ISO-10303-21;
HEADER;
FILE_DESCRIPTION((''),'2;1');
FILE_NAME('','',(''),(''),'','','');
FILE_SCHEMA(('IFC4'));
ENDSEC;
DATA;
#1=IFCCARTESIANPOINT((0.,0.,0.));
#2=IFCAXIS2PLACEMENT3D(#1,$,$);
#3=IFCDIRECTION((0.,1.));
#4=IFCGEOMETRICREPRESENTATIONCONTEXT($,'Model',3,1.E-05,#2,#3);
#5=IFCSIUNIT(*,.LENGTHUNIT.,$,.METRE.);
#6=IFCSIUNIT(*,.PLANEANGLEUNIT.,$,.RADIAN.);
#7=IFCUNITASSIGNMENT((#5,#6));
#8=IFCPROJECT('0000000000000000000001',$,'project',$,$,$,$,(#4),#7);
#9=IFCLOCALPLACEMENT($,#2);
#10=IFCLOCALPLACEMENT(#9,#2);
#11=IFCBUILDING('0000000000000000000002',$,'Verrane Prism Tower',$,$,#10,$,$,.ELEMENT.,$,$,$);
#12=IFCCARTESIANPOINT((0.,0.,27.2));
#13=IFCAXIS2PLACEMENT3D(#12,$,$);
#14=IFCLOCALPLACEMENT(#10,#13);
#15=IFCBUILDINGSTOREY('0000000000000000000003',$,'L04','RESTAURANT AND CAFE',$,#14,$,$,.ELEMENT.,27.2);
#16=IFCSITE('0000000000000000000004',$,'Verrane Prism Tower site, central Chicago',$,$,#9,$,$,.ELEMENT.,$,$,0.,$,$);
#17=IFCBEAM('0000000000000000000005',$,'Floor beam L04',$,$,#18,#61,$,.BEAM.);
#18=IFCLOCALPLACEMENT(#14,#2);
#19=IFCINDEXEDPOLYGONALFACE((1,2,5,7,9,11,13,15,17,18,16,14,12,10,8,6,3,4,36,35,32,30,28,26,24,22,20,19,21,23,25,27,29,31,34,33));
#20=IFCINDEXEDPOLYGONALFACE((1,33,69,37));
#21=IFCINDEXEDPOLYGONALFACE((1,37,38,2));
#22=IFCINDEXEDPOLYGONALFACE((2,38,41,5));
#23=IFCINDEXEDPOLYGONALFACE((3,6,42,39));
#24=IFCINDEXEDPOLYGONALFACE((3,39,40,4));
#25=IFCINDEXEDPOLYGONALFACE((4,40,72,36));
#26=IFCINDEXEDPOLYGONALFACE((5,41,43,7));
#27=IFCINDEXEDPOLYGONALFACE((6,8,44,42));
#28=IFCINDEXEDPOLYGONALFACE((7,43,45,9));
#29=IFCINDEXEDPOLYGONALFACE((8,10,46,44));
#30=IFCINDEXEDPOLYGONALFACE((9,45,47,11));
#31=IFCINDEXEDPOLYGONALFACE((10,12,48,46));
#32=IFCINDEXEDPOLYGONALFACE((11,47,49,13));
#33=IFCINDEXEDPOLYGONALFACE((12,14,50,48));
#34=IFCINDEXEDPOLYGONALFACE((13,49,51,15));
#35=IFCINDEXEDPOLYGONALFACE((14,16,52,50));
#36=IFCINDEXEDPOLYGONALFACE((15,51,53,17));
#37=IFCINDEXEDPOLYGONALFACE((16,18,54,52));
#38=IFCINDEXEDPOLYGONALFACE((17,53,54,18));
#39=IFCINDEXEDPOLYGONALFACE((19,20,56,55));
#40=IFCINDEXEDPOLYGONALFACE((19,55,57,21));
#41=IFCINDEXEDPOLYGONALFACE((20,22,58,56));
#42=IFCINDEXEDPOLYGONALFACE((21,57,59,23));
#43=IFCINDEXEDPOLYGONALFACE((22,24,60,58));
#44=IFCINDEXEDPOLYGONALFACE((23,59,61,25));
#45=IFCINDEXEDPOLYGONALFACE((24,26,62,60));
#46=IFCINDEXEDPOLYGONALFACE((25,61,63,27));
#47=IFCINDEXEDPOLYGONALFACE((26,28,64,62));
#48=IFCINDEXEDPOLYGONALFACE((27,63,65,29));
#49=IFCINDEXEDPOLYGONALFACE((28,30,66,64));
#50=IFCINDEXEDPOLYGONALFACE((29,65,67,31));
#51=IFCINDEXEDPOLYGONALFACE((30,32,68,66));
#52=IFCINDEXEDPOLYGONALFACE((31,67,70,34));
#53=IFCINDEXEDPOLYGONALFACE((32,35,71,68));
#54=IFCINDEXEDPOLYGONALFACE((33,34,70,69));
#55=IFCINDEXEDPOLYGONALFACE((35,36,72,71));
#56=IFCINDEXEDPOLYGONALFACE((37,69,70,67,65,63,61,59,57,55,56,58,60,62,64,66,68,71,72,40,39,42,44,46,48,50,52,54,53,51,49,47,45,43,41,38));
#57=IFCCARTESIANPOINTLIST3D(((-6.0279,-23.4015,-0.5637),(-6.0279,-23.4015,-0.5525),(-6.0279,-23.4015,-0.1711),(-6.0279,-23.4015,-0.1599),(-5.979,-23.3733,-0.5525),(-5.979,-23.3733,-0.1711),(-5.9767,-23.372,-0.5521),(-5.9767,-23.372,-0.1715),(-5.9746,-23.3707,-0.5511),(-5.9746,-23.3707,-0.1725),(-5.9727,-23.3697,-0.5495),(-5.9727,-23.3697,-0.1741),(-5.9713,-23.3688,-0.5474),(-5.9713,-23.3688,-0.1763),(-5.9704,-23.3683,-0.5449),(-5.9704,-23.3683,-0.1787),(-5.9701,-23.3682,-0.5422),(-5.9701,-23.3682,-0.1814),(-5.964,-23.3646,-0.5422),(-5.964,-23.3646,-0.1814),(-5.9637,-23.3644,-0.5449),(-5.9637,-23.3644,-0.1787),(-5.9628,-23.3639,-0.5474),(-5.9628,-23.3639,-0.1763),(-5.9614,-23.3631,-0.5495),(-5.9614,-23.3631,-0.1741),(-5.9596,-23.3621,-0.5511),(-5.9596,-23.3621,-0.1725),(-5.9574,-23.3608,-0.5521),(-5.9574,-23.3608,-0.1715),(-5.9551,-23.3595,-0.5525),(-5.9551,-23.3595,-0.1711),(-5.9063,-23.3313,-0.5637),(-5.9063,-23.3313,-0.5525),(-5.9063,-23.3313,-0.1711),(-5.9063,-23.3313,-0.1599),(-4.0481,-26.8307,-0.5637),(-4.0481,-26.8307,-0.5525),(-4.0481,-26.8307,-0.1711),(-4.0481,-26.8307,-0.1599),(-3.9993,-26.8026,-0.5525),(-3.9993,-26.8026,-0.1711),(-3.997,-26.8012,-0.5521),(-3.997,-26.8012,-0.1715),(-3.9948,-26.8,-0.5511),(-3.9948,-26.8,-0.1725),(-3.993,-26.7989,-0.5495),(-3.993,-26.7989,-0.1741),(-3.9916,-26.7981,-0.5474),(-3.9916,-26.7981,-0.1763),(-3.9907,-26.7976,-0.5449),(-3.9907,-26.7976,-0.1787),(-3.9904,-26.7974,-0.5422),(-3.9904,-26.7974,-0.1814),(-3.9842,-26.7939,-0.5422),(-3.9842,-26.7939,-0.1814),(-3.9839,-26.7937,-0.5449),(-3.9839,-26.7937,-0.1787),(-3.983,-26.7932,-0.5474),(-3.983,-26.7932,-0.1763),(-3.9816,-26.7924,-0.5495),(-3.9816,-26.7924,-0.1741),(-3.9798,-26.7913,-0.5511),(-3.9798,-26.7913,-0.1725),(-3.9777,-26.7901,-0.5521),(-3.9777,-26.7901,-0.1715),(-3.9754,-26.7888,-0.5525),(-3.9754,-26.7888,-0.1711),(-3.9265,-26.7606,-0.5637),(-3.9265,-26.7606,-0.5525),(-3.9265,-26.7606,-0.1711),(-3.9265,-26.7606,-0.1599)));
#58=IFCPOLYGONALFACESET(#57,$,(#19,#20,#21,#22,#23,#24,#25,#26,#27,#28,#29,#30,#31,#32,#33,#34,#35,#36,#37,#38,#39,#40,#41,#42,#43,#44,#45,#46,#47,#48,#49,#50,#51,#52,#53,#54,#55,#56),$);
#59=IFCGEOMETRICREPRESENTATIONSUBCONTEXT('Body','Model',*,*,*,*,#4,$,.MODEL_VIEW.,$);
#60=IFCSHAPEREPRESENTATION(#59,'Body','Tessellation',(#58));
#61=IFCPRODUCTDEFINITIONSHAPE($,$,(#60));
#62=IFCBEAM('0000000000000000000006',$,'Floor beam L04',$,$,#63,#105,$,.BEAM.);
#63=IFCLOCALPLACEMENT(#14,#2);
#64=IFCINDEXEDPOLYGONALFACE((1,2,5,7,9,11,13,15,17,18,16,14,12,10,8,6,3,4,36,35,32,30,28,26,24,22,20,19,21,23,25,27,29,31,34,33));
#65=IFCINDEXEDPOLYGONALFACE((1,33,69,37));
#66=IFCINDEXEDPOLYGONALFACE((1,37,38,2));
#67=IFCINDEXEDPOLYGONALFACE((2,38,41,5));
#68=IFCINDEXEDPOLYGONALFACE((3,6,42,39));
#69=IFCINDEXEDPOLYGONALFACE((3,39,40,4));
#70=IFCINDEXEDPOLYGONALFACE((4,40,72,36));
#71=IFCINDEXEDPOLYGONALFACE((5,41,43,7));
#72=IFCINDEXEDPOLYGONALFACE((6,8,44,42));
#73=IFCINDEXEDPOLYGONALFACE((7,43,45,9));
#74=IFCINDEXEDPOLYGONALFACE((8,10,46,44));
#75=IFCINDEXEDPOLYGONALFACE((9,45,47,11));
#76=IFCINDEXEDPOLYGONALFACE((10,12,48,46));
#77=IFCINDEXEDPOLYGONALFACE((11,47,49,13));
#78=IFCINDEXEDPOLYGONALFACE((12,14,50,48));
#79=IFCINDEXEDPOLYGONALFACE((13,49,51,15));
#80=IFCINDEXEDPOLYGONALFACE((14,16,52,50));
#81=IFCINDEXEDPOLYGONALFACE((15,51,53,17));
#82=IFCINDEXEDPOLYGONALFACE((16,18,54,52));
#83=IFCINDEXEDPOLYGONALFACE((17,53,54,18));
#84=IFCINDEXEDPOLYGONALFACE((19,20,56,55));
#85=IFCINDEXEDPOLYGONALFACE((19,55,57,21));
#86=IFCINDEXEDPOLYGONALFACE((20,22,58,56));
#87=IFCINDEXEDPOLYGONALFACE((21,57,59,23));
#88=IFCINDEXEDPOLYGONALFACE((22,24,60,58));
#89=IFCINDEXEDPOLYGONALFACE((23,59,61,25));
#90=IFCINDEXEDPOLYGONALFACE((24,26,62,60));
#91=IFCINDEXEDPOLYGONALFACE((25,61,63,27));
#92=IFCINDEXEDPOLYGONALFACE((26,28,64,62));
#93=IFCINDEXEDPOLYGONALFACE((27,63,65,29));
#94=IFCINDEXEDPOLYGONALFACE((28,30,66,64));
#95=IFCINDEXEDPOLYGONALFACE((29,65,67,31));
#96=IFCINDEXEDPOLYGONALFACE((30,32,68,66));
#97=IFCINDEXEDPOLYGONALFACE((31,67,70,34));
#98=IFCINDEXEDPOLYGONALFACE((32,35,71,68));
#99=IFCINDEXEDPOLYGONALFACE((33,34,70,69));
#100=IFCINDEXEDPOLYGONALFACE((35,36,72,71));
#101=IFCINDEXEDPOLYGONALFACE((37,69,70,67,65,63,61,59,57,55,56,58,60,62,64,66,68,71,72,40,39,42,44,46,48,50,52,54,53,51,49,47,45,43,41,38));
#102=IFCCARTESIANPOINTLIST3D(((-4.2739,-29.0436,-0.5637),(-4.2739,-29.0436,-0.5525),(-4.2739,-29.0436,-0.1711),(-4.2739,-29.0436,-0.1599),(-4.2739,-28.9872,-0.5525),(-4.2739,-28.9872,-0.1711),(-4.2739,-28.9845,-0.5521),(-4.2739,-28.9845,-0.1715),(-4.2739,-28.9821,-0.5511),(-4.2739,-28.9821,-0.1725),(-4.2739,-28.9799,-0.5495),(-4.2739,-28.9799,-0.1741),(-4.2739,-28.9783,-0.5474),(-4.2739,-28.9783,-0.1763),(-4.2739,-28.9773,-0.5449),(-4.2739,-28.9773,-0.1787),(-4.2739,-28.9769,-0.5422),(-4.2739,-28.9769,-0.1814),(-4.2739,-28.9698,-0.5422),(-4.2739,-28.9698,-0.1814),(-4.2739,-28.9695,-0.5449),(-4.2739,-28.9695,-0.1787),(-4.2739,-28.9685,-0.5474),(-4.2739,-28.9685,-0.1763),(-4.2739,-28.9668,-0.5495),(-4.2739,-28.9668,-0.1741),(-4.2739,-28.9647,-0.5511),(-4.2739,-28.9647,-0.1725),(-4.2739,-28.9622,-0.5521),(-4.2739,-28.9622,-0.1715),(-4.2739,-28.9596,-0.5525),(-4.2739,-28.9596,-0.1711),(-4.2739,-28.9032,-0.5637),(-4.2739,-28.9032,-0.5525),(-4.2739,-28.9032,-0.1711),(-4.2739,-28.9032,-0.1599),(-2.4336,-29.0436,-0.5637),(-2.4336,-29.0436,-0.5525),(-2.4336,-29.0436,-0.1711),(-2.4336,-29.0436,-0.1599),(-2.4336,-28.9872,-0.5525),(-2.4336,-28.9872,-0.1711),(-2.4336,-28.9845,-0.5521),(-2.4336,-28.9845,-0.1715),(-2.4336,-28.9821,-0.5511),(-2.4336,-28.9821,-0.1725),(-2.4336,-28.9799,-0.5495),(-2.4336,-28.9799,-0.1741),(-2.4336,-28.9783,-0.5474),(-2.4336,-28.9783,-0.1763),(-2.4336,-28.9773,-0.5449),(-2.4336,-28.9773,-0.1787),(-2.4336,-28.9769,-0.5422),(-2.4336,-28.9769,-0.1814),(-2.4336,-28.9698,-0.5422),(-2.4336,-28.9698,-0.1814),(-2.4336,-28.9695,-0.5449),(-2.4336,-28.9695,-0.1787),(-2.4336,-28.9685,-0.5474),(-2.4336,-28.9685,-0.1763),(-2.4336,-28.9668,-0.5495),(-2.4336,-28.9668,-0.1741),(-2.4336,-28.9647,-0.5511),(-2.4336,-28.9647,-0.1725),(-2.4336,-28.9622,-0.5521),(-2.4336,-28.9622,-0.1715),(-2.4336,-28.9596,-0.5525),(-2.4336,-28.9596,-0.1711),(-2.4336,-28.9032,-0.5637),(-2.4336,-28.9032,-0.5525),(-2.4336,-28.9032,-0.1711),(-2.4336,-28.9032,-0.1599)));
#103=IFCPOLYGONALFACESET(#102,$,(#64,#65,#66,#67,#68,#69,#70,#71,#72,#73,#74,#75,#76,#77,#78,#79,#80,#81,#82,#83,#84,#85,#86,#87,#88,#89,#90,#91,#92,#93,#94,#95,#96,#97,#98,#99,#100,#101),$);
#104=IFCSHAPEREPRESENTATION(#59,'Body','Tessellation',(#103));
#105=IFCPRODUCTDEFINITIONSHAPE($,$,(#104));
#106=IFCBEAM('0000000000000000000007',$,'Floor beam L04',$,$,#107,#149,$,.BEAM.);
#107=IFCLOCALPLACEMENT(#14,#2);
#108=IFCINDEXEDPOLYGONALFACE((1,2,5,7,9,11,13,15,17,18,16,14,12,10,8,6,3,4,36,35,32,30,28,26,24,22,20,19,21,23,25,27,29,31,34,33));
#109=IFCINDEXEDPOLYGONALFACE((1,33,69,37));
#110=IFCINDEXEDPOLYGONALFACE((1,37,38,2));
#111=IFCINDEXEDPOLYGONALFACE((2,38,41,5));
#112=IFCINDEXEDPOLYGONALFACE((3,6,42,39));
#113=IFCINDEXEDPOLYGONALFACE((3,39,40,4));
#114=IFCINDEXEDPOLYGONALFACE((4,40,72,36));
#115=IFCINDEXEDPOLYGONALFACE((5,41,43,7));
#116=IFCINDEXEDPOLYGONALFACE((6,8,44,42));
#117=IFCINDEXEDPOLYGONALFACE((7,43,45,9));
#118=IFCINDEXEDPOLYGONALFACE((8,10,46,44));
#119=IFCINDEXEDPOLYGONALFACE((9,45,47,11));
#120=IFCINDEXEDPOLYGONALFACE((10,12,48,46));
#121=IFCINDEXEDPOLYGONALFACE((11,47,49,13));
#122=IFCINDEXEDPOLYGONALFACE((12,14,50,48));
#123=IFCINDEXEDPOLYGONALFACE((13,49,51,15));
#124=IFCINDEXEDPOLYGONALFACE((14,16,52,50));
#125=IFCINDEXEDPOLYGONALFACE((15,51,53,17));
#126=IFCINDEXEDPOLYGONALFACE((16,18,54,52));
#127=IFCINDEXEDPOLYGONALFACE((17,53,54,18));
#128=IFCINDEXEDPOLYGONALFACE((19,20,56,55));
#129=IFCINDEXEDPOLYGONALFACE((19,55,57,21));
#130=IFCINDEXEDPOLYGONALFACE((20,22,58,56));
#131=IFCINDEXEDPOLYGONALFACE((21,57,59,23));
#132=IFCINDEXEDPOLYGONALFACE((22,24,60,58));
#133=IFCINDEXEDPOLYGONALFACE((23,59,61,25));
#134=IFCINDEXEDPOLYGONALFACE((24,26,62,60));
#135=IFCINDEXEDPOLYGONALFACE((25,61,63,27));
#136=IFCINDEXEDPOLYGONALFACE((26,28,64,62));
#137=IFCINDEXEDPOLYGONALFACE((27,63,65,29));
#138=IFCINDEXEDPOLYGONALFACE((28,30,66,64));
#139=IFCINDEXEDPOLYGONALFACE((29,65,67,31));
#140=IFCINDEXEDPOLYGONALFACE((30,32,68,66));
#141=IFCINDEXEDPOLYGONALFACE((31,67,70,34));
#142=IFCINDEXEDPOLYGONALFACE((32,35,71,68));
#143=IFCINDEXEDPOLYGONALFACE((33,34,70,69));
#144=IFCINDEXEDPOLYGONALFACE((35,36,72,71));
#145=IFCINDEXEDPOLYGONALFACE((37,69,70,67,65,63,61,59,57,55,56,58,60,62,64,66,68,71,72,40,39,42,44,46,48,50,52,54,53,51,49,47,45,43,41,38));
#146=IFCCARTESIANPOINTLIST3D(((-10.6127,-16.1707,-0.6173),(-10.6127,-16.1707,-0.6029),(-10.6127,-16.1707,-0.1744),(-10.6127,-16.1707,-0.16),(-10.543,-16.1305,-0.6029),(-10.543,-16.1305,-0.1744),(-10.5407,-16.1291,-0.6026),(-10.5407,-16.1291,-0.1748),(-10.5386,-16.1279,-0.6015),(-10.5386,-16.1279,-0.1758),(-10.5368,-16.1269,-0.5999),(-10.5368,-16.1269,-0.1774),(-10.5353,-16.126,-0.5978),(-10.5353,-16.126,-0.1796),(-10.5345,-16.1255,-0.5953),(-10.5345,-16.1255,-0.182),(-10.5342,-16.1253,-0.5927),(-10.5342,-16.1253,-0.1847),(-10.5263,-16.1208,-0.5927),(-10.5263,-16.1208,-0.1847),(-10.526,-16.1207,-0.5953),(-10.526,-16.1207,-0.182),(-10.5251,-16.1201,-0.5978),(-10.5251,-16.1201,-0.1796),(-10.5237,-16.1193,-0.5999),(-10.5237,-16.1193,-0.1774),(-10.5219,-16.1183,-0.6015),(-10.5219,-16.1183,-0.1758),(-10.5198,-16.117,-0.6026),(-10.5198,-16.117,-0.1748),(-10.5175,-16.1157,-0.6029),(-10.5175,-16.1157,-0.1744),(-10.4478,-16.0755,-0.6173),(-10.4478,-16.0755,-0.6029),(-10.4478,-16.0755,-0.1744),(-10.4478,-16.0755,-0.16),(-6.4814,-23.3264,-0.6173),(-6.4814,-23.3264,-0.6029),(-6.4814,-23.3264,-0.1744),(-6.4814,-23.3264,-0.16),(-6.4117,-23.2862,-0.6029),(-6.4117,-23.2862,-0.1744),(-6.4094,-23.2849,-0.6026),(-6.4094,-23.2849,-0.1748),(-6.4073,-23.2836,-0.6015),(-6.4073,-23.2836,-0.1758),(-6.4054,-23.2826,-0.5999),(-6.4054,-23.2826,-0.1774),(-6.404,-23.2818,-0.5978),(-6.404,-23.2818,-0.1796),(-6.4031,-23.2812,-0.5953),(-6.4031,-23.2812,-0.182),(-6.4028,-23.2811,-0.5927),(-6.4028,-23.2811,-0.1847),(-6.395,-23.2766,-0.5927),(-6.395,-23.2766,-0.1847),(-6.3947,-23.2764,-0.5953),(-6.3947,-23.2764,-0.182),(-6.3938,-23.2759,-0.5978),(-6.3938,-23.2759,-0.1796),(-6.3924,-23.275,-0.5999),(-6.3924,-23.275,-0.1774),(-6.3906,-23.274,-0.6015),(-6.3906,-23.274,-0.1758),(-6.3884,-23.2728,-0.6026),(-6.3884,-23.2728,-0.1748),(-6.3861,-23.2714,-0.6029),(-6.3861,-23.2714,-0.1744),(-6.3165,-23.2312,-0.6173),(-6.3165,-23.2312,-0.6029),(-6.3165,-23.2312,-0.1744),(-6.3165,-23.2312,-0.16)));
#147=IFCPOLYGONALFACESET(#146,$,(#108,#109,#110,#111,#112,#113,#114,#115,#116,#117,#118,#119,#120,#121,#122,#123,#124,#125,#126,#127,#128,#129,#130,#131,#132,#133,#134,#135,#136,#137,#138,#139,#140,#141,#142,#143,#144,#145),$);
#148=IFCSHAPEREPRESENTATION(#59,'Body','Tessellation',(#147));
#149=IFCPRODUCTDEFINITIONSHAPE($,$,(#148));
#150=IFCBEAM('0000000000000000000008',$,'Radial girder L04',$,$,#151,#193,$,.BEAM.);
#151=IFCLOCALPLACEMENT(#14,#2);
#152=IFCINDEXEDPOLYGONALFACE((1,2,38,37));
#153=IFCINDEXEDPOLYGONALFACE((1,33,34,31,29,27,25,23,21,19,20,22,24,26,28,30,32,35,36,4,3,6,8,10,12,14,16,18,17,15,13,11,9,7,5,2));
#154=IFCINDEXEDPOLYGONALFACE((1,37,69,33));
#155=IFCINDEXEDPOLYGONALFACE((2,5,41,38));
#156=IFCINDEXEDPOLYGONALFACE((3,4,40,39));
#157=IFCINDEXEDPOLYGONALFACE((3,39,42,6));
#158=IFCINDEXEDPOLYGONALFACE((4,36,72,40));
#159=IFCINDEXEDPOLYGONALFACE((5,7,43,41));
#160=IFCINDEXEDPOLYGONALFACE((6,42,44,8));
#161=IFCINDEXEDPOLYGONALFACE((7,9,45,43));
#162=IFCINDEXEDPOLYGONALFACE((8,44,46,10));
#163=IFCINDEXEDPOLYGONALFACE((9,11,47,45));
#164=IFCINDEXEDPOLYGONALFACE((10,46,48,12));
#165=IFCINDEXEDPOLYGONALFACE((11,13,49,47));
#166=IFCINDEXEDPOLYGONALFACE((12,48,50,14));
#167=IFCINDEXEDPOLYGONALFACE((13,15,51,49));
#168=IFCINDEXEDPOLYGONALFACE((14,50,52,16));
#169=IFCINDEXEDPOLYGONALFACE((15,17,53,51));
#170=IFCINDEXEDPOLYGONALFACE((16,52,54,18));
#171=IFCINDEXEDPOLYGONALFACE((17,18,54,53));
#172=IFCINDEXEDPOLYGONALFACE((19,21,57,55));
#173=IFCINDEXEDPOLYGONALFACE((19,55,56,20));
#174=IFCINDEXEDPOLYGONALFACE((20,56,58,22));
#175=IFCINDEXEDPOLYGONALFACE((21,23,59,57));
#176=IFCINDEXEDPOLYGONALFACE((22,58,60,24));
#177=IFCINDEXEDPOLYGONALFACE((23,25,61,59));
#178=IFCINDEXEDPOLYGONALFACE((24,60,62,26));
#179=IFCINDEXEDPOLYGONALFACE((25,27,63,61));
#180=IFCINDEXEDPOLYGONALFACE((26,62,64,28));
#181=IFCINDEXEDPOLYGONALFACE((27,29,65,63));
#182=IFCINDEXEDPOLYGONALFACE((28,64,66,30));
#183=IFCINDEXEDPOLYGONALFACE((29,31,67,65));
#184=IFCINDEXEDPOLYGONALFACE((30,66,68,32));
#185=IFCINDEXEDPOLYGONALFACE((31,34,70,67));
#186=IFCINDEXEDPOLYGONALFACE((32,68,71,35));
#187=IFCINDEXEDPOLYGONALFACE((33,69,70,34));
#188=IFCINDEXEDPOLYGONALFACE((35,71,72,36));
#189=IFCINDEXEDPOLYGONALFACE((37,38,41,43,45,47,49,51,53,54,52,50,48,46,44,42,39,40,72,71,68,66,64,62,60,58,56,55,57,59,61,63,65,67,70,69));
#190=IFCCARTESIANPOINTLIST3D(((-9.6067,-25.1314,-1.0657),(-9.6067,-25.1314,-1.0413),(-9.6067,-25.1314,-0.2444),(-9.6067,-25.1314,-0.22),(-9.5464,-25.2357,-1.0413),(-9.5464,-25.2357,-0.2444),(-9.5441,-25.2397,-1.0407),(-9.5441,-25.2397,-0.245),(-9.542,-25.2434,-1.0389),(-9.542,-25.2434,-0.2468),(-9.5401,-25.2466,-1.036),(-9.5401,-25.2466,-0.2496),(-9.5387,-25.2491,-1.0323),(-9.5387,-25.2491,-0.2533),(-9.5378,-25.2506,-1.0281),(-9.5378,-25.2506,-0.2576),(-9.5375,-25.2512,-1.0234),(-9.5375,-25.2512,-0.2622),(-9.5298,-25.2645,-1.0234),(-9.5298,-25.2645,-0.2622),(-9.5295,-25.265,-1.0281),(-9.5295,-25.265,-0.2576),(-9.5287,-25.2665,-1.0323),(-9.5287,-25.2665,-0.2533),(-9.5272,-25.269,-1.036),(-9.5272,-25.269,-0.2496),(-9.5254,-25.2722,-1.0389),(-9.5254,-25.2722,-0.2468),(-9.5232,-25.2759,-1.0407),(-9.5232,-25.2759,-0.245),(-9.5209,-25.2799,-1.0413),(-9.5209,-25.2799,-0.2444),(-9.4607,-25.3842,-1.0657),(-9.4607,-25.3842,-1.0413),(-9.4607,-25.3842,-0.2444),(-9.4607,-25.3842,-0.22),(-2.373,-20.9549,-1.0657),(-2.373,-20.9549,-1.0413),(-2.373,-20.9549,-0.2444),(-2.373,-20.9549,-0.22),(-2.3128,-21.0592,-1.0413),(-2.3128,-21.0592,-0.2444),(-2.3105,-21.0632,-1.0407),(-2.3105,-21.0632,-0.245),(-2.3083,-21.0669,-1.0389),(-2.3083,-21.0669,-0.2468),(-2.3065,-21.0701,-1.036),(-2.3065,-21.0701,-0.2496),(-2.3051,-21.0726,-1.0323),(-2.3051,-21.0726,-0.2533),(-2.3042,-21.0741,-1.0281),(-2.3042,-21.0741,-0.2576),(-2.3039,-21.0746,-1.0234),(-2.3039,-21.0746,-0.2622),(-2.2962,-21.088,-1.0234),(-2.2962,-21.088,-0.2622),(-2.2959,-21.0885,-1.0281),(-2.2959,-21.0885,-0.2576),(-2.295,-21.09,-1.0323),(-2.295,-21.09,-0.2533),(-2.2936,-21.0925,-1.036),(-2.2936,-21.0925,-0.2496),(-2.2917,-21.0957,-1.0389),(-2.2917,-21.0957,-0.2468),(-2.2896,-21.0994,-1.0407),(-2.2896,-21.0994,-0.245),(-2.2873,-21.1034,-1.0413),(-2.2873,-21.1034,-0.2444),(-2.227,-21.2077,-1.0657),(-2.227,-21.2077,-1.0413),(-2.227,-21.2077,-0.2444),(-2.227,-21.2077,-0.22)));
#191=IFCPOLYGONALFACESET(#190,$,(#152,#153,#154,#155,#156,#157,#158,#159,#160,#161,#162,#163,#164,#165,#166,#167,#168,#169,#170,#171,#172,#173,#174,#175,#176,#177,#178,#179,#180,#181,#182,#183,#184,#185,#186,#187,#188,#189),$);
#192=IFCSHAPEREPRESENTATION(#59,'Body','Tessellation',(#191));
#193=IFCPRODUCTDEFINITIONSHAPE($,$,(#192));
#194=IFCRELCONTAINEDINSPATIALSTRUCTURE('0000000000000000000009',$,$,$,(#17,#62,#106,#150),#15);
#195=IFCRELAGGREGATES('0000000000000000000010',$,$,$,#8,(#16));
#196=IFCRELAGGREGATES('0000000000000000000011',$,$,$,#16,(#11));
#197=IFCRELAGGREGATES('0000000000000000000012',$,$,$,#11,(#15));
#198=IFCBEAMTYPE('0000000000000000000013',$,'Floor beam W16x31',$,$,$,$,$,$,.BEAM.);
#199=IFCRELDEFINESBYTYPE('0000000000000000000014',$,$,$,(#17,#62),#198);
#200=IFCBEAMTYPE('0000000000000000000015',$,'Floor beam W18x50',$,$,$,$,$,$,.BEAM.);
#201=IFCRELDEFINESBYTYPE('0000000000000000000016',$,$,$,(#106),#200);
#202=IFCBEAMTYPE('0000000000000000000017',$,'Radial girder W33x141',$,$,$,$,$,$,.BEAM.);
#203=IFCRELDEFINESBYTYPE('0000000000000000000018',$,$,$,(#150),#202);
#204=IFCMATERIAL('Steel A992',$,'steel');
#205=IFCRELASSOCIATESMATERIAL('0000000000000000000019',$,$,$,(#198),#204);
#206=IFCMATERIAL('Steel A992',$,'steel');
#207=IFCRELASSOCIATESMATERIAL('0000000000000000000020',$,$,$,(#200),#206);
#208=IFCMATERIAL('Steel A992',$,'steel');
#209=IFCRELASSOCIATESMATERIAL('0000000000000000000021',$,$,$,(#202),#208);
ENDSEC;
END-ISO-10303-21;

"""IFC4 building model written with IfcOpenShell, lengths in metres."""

from ifc_helpers import new_model, si_unit, direction, frame, origin, origin_2d, place, context, subcontext, project, spatial, i_section, extrude, material, material_profile, profile_set, type_object, element, save


model = new_model("IFC4")

# Units and contexts
model_context = context("Model", 3, precision=1e-05, world=origin(), true_north=direction((0.0, 1.0)))
body_context = subcontext(model_context, "Body", "Model", "MODEL_VIEW")
ifc_project = project(units=[si_unit("LENGTHUNIT", "METRE"), si_unit("PLANEANGLEUNIT", "RADIAN")], contexts=[model_context])

# Site, building, storey
site_placement = place(None, origin())
site = spatial("IfcSite", under=ifc_project, at=site_placement, Name="Verrane Prism Tower site, central Chicago", CompositionType="ELEMENT", RefElevation=0.0)
building_placement = place(site_placement, origin())
building = spatial("IfcBuilding", under=site, at=building_placement, Name="Verrane Prism Tower", CompositionType="ELEMENT")
storey_placement = place(building_placement, frame((0.0, 0.0, 27.2)))
storey = spatial("IfcBuildingStorey", under=building, at=storey_placement, Name="L04", Description="RESTAURANT AND CAFE", CompositionType="ELEMENT", Elevation=27.2)

# Beams
ifc_material_1 = material(Name="Steel A992", Category="steel")
ifc_material_profile_1 = material_profile(ifc_material_1, i_section(OverallWidth=0.1404, OverallDepth=0.4038, WebThickness=0.0071, FlangeThickness=0.0112, FilletRadius=0.0103, at=origin_2d()), Name="W16x31")
ifc_profile_set_1 = profile_set([ifc_material_profile_1], Name="Steel A992")
beam_type_1 = type_object("IfcBeamType", Name="Floor beam W16x31", PredefinedType="BEAM", material=ifc_profile_set_1)
beam_1_placement = place(storey_placement, frame((-3.9873, -26.7957, -0.3618), z_axis=(-0.499979, 0.866038, 0.0), x_axis=(-0.866038, -0.499979, 0.0)))
element("IfcBeam", 1, at=beam_1_placement, inside=storey, type_object=beam_type_1, Name="Floor beam L04", PredefinedType="BEAM", context=body_context, shape_type="SweptSolid", body=[
    extrude(i_section(OverallWidth=0.1404, OverallDepth=0.4038, WebThickness=0.0071, FlangeThickness=0.0112, FilletRadius=0.0103, at=origin_2d()), origin(), (0.0, 0.0, 1.0), 3.9597),
])
beam_2_placement = place(storey_placement, frame((-4.2739, -28.9734, -0.3618), z_axis=(1.0, 0.0, 0.0), x_axis=(0.0, 1.0, 0.0)))
element("IfcBeam", 2, at=beam_2_placement, inside=storey, type_object=beam_type_1, Name="Floor beam L04", PredefinedType="BEAM", context=body_context, shape_type="SweptSolid", body=[
    extrude(i_section(OverallWidth=0.1404, OverallDepth=0.4038, WebThickness=0.0071, FlangeThickness=0.0112, FilletRadius=0.0103, at=origin_2d()), origin(), (0.0, 0.0, 1.0), 1.8403),
])
ifc_material_2 = material(Name="Steel A992", Category="steel")
ifc_material_profile_2 = material_profile(ifc_material_2, i_section(OverallWidth=0.1904, OverallDepth=0.4573, WebThickness=0.009, FlangeThickness=0.0144, FilletRadius=0.0103, at=origin_2d()), Name="W18x50")
ifc_profile_set_2 = profile_set([ifc_material_profile_2], Name="Steel A992")
beam_type_2 = type_object("IfcBeamType", Name="Floor beam W18x50", PredefinedType="BEAM", material=ifc_profile_set_2)
beam_3_placement = place(storey_placement, frame((-6.3989, -23.2788, -0.3887), z_axis=(-0.499997, 0.866027, 0.0), x_axis=(-0.866027, -0.499997, 0.0)))
element("IfcBeam", 3, at=beam_3_placement, inside=storey, type_object=beam_type_2, Name="Floor beam L04", PredefinedType="BEAM", context=body_context, shape_type="SweptSolid", body=[
    extrude(i_section(OverallWidth=0.1904, OverallDepth=0.4573, WebThickness=0.009, FlangeThickness=0.0144, FilletRadius=0.0103, at=origin_2d()), origin(), (0.0, 0.0, 1.0), 8.2627),
])
ifc_material_3 = material(Name="Steel A992", Category="steel")
ifc_material_profile_3 = material_profile(ifc_material_3, i_section(OverallWidth=0.292, OverallDepth=0.8457, WebThickness=0.0154, FlangeThickness=0.0244, FilletRadius=0.0178, at=origin_2d()), Name="W33x141")
ifc_profile_set_3 = profile_set([ifc_material_profile_3], Name="Steel A992")
beam_type_3 = type_object("IfcBeamType", Name="Radial girder W33x141", PredefinedType="BEAM", material=ifc_profile_set_3)
beam_4_placement = place(storey_placement, frame((-9.5337, -25.2578, -0.6428), z_axis=(0.866017, 0.500015, 0.0), x_axis=(-0.500015, 0.866017, 0.0)))
element("IfcBeam", 4, at=beam_4_placement, inside=storey, type_object=beam_type_3, Name="Radial girder L04", PredefinedType="BEAM", context=body_context, shape_type="SweptSolid", body=[
    extrude(i_section(OverallWidth=0.292, OverallDepth=0.8457, WebThickness=0.0154, FlangeThickness=0.0244, FilletRadius=0.0178, at=origin_2d()), origin(), (0.0, 0.0, 1.0), 8.3528),
])

save(model, "model.ifc")
